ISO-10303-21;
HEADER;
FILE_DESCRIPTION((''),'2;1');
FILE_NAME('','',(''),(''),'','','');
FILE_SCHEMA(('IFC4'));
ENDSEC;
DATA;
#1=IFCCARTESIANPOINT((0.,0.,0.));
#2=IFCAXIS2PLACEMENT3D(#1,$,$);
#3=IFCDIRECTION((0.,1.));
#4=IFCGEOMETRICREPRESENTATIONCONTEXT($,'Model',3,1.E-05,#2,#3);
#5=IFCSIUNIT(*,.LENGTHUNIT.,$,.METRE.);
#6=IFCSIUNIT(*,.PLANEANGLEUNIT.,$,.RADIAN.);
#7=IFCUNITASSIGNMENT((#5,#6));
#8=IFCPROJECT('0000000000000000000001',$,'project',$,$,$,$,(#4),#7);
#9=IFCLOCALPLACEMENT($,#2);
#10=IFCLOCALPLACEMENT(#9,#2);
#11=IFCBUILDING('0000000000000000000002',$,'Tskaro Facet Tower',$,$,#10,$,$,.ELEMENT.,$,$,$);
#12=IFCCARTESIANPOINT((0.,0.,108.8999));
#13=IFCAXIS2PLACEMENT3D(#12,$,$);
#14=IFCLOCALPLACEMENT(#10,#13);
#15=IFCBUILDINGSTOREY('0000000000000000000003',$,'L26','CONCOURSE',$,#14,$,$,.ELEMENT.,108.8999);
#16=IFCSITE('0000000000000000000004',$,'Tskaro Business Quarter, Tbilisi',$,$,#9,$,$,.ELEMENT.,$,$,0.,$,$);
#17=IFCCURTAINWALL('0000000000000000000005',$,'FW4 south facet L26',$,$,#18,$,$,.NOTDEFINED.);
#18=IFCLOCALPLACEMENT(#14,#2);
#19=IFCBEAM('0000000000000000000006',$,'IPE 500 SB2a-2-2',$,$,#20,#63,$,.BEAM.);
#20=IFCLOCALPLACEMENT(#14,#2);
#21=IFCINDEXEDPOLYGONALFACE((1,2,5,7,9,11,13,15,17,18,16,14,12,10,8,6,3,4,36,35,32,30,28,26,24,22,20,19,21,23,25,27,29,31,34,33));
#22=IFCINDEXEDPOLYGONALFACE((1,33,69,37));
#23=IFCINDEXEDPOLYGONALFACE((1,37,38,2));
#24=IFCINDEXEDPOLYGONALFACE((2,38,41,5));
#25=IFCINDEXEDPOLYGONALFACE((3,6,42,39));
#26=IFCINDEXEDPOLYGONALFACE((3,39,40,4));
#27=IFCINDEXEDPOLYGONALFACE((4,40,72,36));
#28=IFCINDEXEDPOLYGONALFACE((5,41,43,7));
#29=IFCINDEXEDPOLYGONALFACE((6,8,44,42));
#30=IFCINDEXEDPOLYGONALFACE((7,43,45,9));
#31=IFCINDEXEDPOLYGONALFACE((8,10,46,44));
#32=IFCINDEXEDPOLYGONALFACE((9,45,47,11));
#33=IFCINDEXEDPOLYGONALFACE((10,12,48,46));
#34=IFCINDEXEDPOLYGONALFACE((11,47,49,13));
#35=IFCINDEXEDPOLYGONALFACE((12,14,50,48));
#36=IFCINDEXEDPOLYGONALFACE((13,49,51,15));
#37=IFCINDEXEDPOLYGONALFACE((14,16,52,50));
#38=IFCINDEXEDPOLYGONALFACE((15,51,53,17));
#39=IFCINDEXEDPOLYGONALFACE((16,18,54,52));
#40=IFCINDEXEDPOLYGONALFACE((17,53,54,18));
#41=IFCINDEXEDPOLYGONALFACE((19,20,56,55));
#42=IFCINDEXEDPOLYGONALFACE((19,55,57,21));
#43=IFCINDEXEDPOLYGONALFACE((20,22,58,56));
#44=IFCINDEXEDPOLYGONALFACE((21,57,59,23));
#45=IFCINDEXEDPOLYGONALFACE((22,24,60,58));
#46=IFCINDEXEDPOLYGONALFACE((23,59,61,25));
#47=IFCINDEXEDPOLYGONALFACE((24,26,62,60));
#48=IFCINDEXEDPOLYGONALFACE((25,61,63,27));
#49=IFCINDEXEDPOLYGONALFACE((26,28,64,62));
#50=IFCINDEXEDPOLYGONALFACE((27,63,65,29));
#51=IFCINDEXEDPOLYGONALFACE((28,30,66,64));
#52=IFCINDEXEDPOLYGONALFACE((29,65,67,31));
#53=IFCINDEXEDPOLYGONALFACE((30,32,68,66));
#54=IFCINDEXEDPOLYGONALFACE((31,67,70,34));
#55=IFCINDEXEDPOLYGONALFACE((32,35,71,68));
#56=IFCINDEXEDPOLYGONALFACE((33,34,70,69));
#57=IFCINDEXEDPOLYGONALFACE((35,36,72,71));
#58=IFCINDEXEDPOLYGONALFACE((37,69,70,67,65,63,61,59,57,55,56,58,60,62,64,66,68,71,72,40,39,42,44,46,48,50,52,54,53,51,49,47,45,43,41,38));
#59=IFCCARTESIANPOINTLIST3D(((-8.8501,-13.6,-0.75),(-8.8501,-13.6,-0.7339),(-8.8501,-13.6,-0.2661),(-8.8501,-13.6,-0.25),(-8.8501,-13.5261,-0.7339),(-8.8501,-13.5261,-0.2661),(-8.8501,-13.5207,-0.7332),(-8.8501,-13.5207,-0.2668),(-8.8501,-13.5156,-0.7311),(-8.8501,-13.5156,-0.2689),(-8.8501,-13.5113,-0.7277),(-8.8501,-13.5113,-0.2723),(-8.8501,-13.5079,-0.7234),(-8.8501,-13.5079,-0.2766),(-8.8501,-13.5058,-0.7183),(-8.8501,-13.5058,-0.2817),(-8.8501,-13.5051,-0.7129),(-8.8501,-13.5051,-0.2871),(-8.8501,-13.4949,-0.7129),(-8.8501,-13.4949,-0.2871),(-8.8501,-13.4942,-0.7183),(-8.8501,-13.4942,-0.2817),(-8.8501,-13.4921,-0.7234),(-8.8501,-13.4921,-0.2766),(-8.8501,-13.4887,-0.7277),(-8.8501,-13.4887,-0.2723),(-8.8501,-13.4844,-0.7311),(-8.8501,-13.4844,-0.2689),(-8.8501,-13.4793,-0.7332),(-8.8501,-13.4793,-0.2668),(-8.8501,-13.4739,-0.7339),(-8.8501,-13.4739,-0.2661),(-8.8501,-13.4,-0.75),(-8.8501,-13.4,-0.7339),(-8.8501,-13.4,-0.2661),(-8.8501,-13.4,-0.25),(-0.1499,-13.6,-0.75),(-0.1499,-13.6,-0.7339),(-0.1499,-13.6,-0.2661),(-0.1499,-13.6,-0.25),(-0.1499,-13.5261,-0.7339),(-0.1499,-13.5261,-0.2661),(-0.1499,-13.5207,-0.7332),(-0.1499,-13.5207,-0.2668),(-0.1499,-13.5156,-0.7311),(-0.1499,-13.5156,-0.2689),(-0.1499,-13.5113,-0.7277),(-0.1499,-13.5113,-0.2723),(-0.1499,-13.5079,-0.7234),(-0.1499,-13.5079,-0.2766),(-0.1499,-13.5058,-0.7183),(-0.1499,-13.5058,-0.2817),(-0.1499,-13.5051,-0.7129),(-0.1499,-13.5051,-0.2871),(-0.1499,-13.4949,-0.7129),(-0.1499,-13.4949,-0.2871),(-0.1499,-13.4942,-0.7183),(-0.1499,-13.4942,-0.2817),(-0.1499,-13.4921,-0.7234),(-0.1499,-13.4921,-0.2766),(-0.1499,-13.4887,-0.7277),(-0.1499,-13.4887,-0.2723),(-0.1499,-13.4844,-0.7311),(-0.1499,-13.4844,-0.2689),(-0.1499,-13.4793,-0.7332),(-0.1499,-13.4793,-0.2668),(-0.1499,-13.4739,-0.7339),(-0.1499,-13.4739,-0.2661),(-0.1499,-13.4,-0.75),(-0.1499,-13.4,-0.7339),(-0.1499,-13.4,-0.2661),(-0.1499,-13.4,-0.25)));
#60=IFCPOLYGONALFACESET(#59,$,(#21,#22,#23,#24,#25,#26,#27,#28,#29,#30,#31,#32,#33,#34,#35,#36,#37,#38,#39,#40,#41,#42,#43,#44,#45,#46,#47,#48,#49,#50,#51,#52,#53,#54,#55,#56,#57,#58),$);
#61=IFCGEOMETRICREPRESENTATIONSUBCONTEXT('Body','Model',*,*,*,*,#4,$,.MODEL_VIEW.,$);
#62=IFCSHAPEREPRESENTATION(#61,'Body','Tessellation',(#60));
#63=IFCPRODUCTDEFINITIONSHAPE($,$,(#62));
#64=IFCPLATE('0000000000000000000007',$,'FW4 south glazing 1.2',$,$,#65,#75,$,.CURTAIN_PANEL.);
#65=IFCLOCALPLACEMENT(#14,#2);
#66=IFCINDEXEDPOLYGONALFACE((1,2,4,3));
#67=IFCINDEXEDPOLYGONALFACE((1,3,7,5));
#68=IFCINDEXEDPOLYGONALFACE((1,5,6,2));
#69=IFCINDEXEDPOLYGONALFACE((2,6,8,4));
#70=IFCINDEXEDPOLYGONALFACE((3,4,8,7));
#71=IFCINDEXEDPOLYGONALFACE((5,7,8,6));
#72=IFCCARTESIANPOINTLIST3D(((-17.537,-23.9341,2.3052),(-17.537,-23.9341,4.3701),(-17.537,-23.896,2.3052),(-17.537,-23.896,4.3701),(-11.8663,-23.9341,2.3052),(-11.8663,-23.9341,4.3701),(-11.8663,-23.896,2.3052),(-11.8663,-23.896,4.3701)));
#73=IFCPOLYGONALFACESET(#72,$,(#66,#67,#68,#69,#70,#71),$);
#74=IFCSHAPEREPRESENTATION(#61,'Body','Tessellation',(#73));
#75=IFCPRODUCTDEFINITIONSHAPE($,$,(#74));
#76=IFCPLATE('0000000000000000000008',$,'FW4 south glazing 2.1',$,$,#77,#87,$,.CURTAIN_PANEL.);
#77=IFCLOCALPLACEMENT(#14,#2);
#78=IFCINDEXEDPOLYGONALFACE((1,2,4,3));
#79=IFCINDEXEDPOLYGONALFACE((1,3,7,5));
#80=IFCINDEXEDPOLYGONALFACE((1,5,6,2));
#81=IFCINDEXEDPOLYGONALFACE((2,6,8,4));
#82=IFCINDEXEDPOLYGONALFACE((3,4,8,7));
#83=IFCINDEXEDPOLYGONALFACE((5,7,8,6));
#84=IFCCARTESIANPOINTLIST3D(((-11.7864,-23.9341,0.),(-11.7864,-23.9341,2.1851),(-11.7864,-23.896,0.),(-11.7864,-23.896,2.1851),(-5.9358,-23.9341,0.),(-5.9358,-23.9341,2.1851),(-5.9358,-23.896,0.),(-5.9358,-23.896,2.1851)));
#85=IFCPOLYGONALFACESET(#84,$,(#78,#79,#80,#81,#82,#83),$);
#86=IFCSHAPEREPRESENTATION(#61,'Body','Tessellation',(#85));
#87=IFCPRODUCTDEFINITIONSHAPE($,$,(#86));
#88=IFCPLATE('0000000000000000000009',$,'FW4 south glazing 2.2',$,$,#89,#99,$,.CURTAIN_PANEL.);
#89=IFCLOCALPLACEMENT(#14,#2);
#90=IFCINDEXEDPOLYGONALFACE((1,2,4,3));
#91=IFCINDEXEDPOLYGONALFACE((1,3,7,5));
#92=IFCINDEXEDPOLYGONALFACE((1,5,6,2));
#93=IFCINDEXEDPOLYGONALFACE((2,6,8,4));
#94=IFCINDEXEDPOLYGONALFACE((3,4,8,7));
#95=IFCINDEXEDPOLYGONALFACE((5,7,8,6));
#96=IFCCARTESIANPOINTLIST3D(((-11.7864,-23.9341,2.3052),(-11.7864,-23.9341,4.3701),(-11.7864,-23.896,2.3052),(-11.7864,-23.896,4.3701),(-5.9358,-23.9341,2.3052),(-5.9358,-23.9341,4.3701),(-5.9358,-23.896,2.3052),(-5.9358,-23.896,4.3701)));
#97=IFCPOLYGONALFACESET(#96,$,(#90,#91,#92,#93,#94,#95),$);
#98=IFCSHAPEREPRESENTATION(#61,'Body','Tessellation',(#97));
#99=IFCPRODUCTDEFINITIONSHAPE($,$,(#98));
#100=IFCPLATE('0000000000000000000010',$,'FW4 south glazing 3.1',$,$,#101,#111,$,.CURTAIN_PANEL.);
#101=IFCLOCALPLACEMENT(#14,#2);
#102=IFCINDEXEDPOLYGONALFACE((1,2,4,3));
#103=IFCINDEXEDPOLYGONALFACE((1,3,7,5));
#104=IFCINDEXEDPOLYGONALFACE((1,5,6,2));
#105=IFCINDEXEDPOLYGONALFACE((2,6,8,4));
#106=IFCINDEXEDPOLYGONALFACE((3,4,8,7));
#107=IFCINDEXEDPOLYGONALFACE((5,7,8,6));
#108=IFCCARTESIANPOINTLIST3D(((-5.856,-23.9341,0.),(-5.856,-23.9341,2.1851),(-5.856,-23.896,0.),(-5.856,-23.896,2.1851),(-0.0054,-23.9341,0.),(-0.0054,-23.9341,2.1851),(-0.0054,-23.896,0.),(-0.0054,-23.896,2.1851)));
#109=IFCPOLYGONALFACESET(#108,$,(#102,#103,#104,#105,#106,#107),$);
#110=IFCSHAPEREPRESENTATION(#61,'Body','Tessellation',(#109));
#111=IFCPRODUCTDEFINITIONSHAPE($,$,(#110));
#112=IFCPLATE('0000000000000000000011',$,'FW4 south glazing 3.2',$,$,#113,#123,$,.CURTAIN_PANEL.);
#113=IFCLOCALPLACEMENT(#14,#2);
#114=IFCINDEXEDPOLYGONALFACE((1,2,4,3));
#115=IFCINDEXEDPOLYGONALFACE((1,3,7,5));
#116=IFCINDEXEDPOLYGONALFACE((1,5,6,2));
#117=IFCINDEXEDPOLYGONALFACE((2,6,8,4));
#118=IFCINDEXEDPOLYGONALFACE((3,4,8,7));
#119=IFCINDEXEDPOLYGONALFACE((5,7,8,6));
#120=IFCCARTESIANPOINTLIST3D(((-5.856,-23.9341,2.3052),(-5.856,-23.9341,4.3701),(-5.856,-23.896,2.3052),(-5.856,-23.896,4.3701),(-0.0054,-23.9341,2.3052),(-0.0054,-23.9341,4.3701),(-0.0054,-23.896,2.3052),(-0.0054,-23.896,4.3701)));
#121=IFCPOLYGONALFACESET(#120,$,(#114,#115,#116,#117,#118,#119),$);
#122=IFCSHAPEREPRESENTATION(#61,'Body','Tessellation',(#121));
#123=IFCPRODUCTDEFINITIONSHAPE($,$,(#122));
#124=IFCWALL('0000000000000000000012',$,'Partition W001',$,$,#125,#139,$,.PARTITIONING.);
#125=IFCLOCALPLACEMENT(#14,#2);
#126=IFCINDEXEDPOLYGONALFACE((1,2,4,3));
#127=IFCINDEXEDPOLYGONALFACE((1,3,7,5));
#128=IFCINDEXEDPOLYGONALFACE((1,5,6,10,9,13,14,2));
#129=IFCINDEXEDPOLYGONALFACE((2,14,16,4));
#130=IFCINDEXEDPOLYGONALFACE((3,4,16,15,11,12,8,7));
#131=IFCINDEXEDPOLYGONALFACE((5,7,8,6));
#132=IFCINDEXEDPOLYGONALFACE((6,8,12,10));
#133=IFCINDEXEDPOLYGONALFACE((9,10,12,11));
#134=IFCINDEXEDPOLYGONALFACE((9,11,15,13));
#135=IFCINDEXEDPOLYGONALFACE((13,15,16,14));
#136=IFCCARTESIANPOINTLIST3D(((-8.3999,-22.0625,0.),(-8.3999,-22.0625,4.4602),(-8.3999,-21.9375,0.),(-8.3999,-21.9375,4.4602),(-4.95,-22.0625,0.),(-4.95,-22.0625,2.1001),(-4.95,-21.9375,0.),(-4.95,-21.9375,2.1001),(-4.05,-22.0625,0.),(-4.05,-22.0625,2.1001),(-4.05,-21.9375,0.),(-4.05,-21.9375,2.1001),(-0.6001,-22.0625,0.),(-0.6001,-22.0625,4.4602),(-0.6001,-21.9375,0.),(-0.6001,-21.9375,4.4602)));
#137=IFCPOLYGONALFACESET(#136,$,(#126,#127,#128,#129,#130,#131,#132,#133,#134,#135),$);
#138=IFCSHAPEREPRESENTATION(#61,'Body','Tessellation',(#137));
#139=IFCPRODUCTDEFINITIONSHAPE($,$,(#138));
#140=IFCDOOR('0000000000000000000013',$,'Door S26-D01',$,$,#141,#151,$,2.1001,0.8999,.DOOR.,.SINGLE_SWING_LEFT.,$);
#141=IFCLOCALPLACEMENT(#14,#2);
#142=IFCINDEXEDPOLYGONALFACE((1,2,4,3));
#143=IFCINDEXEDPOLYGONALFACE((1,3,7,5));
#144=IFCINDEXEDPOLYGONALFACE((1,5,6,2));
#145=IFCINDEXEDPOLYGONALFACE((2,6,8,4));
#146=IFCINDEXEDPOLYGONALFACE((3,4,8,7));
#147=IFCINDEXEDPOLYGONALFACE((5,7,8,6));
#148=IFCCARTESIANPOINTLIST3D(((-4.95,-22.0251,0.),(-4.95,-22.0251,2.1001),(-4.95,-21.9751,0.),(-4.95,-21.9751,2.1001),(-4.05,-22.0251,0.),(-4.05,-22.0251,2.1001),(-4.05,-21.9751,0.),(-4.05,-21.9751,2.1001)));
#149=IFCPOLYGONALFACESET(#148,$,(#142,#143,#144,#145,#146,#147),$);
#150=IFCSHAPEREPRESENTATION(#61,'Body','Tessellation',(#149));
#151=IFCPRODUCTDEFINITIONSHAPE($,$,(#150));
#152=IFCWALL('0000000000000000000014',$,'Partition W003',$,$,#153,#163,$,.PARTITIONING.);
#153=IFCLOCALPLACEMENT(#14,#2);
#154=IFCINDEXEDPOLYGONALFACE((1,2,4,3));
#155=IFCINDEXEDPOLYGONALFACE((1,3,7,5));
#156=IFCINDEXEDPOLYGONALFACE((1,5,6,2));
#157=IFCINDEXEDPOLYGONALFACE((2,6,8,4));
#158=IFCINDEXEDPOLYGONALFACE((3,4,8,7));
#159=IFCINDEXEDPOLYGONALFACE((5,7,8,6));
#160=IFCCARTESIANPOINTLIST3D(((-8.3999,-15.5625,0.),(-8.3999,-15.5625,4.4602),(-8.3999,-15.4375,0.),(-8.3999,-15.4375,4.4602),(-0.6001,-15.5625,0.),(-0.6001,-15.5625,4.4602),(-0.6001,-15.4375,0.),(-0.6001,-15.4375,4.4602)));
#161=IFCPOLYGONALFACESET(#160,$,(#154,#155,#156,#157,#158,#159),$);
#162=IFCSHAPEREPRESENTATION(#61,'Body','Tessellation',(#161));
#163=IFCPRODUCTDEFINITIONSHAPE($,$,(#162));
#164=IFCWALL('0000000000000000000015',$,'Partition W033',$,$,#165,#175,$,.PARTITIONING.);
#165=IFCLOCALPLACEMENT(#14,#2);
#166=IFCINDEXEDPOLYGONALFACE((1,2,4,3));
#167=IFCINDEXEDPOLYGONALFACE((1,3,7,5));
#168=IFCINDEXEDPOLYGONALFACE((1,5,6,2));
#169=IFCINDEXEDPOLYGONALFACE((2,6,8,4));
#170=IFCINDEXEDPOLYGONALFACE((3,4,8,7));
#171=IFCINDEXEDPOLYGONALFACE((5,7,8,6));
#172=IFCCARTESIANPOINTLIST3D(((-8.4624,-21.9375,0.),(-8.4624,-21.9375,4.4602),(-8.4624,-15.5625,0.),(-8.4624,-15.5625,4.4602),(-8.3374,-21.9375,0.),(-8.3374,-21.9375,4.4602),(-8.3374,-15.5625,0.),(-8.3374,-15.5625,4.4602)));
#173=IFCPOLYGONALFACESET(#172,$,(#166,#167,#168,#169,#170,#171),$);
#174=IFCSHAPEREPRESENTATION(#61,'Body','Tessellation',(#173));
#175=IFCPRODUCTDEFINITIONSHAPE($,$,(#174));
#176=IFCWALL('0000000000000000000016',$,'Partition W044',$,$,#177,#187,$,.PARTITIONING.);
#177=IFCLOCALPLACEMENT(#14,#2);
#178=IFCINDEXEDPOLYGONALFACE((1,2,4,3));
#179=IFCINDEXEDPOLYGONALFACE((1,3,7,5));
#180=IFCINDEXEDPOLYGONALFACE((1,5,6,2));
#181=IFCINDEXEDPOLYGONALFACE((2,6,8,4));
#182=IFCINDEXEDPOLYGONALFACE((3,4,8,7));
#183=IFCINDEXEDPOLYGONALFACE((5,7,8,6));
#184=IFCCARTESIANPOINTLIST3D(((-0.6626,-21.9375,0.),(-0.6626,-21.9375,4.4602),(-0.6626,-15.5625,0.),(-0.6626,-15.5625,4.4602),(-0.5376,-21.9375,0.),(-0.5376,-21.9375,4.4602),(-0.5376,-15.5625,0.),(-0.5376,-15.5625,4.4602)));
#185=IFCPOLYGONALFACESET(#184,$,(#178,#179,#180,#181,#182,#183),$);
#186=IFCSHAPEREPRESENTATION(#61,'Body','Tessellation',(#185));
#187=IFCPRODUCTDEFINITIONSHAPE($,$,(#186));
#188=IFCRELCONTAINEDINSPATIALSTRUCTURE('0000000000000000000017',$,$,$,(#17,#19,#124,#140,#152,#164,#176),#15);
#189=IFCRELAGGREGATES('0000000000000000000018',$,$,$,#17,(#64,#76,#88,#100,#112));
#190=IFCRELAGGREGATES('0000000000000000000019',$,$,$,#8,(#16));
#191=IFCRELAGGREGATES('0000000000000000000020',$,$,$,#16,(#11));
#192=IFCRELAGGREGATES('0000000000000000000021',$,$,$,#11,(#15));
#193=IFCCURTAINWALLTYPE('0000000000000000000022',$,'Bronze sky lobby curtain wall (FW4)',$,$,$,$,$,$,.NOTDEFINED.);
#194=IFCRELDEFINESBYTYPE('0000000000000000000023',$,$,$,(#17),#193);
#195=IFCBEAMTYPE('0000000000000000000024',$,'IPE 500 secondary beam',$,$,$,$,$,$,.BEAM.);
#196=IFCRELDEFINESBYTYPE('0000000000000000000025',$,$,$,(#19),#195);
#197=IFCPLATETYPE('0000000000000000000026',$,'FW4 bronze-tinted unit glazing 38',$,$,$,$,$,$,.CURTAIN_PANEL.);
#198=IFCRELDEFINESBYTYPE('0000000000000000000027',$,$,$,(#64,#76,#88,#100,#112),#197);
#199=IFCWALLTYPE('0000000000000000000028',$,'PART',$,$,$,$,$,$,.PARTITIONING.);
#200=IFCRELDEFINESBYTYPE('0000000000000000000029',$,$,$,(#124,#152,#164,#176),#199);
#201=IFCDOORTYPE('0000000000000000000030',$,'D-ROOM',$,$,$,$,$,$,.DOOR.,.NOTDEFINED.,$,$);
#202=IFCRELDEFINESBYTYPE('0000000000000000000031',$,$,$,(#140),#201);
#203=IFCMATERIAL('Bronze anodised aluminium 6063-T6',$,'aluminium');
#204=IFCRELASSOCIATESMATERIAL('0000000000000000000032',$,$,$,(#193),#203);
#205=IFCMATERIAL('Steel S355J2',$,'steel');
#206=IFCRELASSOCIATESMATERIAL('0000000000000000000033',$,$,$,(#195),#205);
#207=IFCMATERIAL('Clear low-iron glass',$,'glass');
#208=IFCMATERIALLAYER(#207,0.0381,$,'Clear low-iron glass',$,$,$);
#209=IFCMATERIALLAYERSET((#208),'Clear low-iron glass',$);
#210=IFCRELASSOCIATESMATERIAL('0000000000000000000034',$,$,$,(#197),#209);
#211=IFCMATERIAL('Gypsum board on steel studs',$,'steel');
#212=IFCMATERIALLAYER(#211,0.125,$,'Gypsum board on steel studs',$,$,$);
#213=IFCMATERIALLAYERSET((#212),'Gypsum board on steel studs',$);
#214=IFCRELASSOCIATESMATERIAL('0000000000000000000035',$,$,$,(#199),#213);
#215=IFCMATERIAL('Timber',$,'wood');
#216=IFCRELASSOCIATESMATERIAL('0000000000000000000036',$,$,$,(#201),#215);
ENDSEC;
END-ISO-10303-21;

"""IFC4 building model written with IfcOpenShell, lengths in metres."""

from ifc_helpers import new_model, si_unit, direction, frame, frame_2d, origin, origin_2d, place, context, subcontext, project, spatial, rectangle, i_section, extrude, material, layer, layer_set, material_profile, profile_set, type_object, element, fill, aggregate, save


model = new_model("IFC4")

# Units and contexts
model_context = context("Model", 3, precision=1e-05, world=origin(), true_north=direction((0.0, 1.0)))
body_context = subcontext(model_context, "Body", "Model", "MODEL_VIEW")
ifc_project = project(units=[si_unit("LENGTHUNIT", "METRE"), si_unit("PLANEANGLEUNIT", "RADIAN")], contexts=[model_context])

# Site, building, storey
site_placement = place(None, origin())
site = spatial("IfcSite", under=ifc_project, at=site_placement, Name="Tskaro Business Quarter, Tbilisi", CompositionType="ELEMENT", RefElevation=0.0)
building_placement = place(site_placement, origin())
building = spatial("IfcBuilding", under=site, at=building_placement, Name="Tskaro Facet Tower", CompositionType="ELEMENT")
storey_placement = place(building_placement, frame((0.0, 0.0, 108.8999)))
storey = spatial("IfcBuildingStorey", under=building, at=storey_placement, Name="L26", Description="CONCOURSE", CompositionType="ELEMENT", Elevation=108.8999)

# Curtain wall
ifc_material_1 = material(Name="Bronze anodised aluminium 6063-T6", Category="aluminium")
curtain_wall_type = type_object("IfcCurtainWallType", Name="Bronze sky lobby curtain wall (FW4)", PredefinedType="NOTDEFINED", material=ifc_material_1)
curtain_wall_placement = place(storey_placement, origin())
curtain_wall = element("IfcCurtainWall", 1, at=curtain_wall_placement, inside=storey, type_object=curtain_wall_type, Name="FW4 south facet L26", PredefinedType="NOTDEFINED")

# Beam
ifc_material_2 = material(Name="Steel S355J2", Category="steel")
ifc_material_profile_1 = material_profile(ifc_material_2, i_section(OverallWidth=0.2, OverallDepth=0.5, WebThickness=0.0103, FlangeThickness=0.0161, FilletRadius=0.021, at=origin_2d()), Name="IPE 500")
ifc_profile_set_1 = profile_set([ifc_material_profile_1], Name="Steel S355J2")
beam_type_1 = type_object("IfcBeamType", Name="IPE 500 secondary beam", PredefinedType="BEAM", material=ifc_profile_set_1)
for number, where, z_axis, x_axis, name in (
    (2, (-8.8501, -13.5, -0.5), (1.0, 0.0, 0.0), (0.0, 1.0, 0.0), "IPE 500 SB2a-2-2"),
):
    element("IfcBeam", number, at=place(storey_placement, frame(where, z_axis=z_axis, x_axis=x_axis)), inside=storey, type_object=beam_type_1, Name=name, PredefinedType="BEAM", context=body_context, shape_type="SweptSolid", body=[
        extrude(i_section(OverallWidth=0.2, OverallDepth=0.5, WebThickness=0.0103, FlangeThickness=0.0161, FilletRadius=0.021, at=origin_2d()), origin(), (0.0, 0.0, 1.0), 8.7002),
    ])

# Plates
ifc_material_3 = material(Name="Clear low-iron glass", Category="glass")
ifc_layer_1 = layer(ifc_material_3, 0.0381, Name="Clear low-iron glass")
ifc_layer_set_1 = layer_set([ifc_layer_1], Name="Clear low-iron glass")
plate_type = type_object("IfcPlateType", Name="FW4 bronze-tinted unit glazing 38", PredefinedType="CURTAIN_PANEL", material=ifc_layer_set_1)
plate_1_placement = place(storey_placement, frame((-14.7017, -23.915, 2.3052), z_axis=(0.0, 0.0, 1.0), x_axis=(1.0, 0.0, 0.0)))
plate_1 = element("IfcPlate", 3, at=plate_1_placement, type_object=plate_type, Name="FW4 south glazing 1.2", PredefinedType="CURTAIN_PANEL", context=body_context, shape_type="SweptSolid", body=[
    extrude(rectangle(XDim=5.6707, YDim=0.0381, at=origin_2d()), origin(), (0.0, 0.0, 1.0), 2.0649),
])
plate_2_placement = place(storey_placement, frame((-8.8611, -23.915, 0.0), z_axis=(0.0, 0.0, 1.0), x_axis=(1.0, 0.0, 0.0)))
plate_2 = element("IfcPlate", 4, at=plate_2_placement, type_object=plate_type, Name="FW4 south glazing 2.1", PredefinedType="CURTAIN_PANEL", context=body_context, shape_type="SweptSolid", body=[
    extrude(rectangle(XDim=5.8506, YDim=0.0381, at=origin_2d()), origin(), (0.0, 0.0, 1.0), 2.1851),
])
plate_3_placement = place(storey_placement, frame((-8.8611, -23.915, 2.3052), z_axis=(0.0, 0.0, 1.0), x_axis=(1.0, 0.0, 0.0)))
plate_3 = element("IfcPlate", 5, at=plate_3_placement, type_object=plate_type, Name="FW4 south glazing 2.2", PredefinedType="CURTAIN_PANEL", context=body_context, shape_type="SweptSolid", body=[
    extrude(rectangle(XDim=5.8506, YDim=0.0381, at=origin_2d()), origin(), (0.0, 0.0, 1.0), 2.0649),
])
plate_4_placement = place(storey_placement, frame((-2.9307, -23.915, 0.0), z_axis=(0.0, 0.0, 1.0), x_axis=(1.0, 0.0, 0.0)))
plate_4 = element("IfcPlate", 6, at=plate_4_placement, type_object=plate_type, Name="FW4 south glazing 3.1", PredefinedType="CURTAIN_PANEL", context=body_context, shape_type="SweptSolid", body=[
    extrude(rectangle(XDim=5.8506, YDim=0.0381, at=origin_2d()), origin(), (0.0, 0.0, 1.0), 2.1851),
])
plate_5_placement = place(storey_placement, frame((-2.9307, -23.915, 2.3052), z_axis=(0.0, 0.0, 1.0), x_axis=(1.0, 0.0, 0.0)))
plate_5 = element("IfcPlate", 7, at=plate_5_placement, type_object=plate_type, Name="FW4 south glazing 3.2", PredefinedType="CURTAIN_PANEL", context=body_context, shape_type="SweptSolid", body=[
    extrude(rectangle(XDim=5.8506, YDim=0.0381, at=origin_2d()), origin(), (0.0, 0.0, 1.0), 2.0649),
])
aggregate(curtain_wall, [plate_1, plate_2, plate_3, plate_4, plate_5])

# Wall, opening, door
ifc_material_4 = material(Name="Gypsum board on steel studs", Category="steel")
ifc_layer_2 = layer(ifc_material_4, 0.125, Name="Gypsum board on steel studs")
ifc_layer_set_2 = layer_set([ifc_layer_2], Name="Gypsum board on steel studs")
wall_type = type_object("IfcWallType", Name="PART", PredefinedType="PARTITIONING", material=ifc_layer_set_2)
wall_1_placement = place(storey_placement, frame((-8.3999, -22.0, 0.0), z_axis=(0.0, 0.0, 1.0), x_axis=(1.0, 0.0, 0.0)))
wall_1 = element("IfcWall", 8, at=wall_1_placement, inside=storey, type_object=wall_type, Name="Partition W001", PredefinedType="PARTITIONING", context=body_context, shape_type="SweptSolid", body=[
    extrude(rectangle(XDim=7.7998, YDim=0.125, at=frame_2d((3.8999, 0.0))), origin(), (0.0, 0.0, 1.0), 4.4602),
])
opening_placement = place(wall_1_placement, frame((3.45, 0.0, 0.0)))
opening = element("IfcOpeningElement", 9, at=opening_placement, cuts=wall_1, PredefinedType="OPENING", context=body_context, shape_type="SweptSolid", body=[
    extrude(rectangle(XDim=0.8999, YDim=2.1001, at=frame_2d((0.45, 1.05))), frame((0.0, 0.0725, 0.0), z_axis=(0.0, -1.0, 0.0), x_axis=(1.0, 0.0, 0.0)), (0.0, 0.0, 1.0), 0.145),
])
ifc_material_5 = material(Name="Timber", Category="wood")
door_type = type_object("IfcDoorType", Name="D-ROOM", OperationType="NOTDEFINED", PredefinedType="DOOR", material=ifc_material_5)
door_placement = place(opening_placement, origin())
door = element("IfcDoor", 10, at=door_placement, inside=storey, type_object=door_type, Name="Door S26-D01", OperationType="SINGLE_SWING_LEFT", OverallHeight=2.1001, OverallWidth=0.8999, PredefinedType="DOOR", context=body_context, shape_type="SweptSolid", body=[
    extrude(rectangle(XDim=0.8999, YDim=2.1001, at=frame_2d((0.45, 1.05))), frame((0.0, 0.0249, 0.0), z_axis=(0.0, -1.0, 0.0), x_axis=(1.0, 0.0, 0.0)), (0.0, 0.0, 1.0), 0.05),
])
fill(opening, door)

# Walls
wall_2_placement = place(storey_placement, frame((-8.3999, -15.5, 0.0), z_axis=(0.0, 0.0, 1.0), x_axis=(1.0, 0.0, 0.0)))
element("IfcWall", 11, at=wall_2_placement, inside=storey, type_object=wall_type, Name="Partition W003", PredefinedType="PARTITIONING", context=body_context, shape_type="SweptSolid", body=[
    extrude(rectangle(XDim=7.7998, YDim=0.125, at=frame_2d((3.8999, 0.0))), origin(), (0.0, 0.0, 1.0), 4.4602),
])
for number, where, z_axis, x_axis, name in (
    (12, (-8.3999, -21.9375, 0.0), (0.0, 0.0, 1.0), (0.0, 1.0, 0.0), "Partition W033"),
    (13, (-0.6001, -21.9375, 0.0), (0.0, 0.0, 1.0), (0.0, 1.0, 0.0), "Partition W044"),
):
    element("IfcWall", number, at=place(storey_placement, frame(where, z_axis=z_axis, x_axis=x_axis)), inside=storey, type_object=wall_type, Name=name, PredefinedType="PARTITIONING", context=body_context, shape_type="SweptSolid", body=[
        extrude(rectangle(XDim=6.375, YDim=0.125, at=frame_2d((3.1875, 0.0))), origin(), (0.0, 0.0, 1.0), 4.4602),
    ])

save(model, "model.ifc")
